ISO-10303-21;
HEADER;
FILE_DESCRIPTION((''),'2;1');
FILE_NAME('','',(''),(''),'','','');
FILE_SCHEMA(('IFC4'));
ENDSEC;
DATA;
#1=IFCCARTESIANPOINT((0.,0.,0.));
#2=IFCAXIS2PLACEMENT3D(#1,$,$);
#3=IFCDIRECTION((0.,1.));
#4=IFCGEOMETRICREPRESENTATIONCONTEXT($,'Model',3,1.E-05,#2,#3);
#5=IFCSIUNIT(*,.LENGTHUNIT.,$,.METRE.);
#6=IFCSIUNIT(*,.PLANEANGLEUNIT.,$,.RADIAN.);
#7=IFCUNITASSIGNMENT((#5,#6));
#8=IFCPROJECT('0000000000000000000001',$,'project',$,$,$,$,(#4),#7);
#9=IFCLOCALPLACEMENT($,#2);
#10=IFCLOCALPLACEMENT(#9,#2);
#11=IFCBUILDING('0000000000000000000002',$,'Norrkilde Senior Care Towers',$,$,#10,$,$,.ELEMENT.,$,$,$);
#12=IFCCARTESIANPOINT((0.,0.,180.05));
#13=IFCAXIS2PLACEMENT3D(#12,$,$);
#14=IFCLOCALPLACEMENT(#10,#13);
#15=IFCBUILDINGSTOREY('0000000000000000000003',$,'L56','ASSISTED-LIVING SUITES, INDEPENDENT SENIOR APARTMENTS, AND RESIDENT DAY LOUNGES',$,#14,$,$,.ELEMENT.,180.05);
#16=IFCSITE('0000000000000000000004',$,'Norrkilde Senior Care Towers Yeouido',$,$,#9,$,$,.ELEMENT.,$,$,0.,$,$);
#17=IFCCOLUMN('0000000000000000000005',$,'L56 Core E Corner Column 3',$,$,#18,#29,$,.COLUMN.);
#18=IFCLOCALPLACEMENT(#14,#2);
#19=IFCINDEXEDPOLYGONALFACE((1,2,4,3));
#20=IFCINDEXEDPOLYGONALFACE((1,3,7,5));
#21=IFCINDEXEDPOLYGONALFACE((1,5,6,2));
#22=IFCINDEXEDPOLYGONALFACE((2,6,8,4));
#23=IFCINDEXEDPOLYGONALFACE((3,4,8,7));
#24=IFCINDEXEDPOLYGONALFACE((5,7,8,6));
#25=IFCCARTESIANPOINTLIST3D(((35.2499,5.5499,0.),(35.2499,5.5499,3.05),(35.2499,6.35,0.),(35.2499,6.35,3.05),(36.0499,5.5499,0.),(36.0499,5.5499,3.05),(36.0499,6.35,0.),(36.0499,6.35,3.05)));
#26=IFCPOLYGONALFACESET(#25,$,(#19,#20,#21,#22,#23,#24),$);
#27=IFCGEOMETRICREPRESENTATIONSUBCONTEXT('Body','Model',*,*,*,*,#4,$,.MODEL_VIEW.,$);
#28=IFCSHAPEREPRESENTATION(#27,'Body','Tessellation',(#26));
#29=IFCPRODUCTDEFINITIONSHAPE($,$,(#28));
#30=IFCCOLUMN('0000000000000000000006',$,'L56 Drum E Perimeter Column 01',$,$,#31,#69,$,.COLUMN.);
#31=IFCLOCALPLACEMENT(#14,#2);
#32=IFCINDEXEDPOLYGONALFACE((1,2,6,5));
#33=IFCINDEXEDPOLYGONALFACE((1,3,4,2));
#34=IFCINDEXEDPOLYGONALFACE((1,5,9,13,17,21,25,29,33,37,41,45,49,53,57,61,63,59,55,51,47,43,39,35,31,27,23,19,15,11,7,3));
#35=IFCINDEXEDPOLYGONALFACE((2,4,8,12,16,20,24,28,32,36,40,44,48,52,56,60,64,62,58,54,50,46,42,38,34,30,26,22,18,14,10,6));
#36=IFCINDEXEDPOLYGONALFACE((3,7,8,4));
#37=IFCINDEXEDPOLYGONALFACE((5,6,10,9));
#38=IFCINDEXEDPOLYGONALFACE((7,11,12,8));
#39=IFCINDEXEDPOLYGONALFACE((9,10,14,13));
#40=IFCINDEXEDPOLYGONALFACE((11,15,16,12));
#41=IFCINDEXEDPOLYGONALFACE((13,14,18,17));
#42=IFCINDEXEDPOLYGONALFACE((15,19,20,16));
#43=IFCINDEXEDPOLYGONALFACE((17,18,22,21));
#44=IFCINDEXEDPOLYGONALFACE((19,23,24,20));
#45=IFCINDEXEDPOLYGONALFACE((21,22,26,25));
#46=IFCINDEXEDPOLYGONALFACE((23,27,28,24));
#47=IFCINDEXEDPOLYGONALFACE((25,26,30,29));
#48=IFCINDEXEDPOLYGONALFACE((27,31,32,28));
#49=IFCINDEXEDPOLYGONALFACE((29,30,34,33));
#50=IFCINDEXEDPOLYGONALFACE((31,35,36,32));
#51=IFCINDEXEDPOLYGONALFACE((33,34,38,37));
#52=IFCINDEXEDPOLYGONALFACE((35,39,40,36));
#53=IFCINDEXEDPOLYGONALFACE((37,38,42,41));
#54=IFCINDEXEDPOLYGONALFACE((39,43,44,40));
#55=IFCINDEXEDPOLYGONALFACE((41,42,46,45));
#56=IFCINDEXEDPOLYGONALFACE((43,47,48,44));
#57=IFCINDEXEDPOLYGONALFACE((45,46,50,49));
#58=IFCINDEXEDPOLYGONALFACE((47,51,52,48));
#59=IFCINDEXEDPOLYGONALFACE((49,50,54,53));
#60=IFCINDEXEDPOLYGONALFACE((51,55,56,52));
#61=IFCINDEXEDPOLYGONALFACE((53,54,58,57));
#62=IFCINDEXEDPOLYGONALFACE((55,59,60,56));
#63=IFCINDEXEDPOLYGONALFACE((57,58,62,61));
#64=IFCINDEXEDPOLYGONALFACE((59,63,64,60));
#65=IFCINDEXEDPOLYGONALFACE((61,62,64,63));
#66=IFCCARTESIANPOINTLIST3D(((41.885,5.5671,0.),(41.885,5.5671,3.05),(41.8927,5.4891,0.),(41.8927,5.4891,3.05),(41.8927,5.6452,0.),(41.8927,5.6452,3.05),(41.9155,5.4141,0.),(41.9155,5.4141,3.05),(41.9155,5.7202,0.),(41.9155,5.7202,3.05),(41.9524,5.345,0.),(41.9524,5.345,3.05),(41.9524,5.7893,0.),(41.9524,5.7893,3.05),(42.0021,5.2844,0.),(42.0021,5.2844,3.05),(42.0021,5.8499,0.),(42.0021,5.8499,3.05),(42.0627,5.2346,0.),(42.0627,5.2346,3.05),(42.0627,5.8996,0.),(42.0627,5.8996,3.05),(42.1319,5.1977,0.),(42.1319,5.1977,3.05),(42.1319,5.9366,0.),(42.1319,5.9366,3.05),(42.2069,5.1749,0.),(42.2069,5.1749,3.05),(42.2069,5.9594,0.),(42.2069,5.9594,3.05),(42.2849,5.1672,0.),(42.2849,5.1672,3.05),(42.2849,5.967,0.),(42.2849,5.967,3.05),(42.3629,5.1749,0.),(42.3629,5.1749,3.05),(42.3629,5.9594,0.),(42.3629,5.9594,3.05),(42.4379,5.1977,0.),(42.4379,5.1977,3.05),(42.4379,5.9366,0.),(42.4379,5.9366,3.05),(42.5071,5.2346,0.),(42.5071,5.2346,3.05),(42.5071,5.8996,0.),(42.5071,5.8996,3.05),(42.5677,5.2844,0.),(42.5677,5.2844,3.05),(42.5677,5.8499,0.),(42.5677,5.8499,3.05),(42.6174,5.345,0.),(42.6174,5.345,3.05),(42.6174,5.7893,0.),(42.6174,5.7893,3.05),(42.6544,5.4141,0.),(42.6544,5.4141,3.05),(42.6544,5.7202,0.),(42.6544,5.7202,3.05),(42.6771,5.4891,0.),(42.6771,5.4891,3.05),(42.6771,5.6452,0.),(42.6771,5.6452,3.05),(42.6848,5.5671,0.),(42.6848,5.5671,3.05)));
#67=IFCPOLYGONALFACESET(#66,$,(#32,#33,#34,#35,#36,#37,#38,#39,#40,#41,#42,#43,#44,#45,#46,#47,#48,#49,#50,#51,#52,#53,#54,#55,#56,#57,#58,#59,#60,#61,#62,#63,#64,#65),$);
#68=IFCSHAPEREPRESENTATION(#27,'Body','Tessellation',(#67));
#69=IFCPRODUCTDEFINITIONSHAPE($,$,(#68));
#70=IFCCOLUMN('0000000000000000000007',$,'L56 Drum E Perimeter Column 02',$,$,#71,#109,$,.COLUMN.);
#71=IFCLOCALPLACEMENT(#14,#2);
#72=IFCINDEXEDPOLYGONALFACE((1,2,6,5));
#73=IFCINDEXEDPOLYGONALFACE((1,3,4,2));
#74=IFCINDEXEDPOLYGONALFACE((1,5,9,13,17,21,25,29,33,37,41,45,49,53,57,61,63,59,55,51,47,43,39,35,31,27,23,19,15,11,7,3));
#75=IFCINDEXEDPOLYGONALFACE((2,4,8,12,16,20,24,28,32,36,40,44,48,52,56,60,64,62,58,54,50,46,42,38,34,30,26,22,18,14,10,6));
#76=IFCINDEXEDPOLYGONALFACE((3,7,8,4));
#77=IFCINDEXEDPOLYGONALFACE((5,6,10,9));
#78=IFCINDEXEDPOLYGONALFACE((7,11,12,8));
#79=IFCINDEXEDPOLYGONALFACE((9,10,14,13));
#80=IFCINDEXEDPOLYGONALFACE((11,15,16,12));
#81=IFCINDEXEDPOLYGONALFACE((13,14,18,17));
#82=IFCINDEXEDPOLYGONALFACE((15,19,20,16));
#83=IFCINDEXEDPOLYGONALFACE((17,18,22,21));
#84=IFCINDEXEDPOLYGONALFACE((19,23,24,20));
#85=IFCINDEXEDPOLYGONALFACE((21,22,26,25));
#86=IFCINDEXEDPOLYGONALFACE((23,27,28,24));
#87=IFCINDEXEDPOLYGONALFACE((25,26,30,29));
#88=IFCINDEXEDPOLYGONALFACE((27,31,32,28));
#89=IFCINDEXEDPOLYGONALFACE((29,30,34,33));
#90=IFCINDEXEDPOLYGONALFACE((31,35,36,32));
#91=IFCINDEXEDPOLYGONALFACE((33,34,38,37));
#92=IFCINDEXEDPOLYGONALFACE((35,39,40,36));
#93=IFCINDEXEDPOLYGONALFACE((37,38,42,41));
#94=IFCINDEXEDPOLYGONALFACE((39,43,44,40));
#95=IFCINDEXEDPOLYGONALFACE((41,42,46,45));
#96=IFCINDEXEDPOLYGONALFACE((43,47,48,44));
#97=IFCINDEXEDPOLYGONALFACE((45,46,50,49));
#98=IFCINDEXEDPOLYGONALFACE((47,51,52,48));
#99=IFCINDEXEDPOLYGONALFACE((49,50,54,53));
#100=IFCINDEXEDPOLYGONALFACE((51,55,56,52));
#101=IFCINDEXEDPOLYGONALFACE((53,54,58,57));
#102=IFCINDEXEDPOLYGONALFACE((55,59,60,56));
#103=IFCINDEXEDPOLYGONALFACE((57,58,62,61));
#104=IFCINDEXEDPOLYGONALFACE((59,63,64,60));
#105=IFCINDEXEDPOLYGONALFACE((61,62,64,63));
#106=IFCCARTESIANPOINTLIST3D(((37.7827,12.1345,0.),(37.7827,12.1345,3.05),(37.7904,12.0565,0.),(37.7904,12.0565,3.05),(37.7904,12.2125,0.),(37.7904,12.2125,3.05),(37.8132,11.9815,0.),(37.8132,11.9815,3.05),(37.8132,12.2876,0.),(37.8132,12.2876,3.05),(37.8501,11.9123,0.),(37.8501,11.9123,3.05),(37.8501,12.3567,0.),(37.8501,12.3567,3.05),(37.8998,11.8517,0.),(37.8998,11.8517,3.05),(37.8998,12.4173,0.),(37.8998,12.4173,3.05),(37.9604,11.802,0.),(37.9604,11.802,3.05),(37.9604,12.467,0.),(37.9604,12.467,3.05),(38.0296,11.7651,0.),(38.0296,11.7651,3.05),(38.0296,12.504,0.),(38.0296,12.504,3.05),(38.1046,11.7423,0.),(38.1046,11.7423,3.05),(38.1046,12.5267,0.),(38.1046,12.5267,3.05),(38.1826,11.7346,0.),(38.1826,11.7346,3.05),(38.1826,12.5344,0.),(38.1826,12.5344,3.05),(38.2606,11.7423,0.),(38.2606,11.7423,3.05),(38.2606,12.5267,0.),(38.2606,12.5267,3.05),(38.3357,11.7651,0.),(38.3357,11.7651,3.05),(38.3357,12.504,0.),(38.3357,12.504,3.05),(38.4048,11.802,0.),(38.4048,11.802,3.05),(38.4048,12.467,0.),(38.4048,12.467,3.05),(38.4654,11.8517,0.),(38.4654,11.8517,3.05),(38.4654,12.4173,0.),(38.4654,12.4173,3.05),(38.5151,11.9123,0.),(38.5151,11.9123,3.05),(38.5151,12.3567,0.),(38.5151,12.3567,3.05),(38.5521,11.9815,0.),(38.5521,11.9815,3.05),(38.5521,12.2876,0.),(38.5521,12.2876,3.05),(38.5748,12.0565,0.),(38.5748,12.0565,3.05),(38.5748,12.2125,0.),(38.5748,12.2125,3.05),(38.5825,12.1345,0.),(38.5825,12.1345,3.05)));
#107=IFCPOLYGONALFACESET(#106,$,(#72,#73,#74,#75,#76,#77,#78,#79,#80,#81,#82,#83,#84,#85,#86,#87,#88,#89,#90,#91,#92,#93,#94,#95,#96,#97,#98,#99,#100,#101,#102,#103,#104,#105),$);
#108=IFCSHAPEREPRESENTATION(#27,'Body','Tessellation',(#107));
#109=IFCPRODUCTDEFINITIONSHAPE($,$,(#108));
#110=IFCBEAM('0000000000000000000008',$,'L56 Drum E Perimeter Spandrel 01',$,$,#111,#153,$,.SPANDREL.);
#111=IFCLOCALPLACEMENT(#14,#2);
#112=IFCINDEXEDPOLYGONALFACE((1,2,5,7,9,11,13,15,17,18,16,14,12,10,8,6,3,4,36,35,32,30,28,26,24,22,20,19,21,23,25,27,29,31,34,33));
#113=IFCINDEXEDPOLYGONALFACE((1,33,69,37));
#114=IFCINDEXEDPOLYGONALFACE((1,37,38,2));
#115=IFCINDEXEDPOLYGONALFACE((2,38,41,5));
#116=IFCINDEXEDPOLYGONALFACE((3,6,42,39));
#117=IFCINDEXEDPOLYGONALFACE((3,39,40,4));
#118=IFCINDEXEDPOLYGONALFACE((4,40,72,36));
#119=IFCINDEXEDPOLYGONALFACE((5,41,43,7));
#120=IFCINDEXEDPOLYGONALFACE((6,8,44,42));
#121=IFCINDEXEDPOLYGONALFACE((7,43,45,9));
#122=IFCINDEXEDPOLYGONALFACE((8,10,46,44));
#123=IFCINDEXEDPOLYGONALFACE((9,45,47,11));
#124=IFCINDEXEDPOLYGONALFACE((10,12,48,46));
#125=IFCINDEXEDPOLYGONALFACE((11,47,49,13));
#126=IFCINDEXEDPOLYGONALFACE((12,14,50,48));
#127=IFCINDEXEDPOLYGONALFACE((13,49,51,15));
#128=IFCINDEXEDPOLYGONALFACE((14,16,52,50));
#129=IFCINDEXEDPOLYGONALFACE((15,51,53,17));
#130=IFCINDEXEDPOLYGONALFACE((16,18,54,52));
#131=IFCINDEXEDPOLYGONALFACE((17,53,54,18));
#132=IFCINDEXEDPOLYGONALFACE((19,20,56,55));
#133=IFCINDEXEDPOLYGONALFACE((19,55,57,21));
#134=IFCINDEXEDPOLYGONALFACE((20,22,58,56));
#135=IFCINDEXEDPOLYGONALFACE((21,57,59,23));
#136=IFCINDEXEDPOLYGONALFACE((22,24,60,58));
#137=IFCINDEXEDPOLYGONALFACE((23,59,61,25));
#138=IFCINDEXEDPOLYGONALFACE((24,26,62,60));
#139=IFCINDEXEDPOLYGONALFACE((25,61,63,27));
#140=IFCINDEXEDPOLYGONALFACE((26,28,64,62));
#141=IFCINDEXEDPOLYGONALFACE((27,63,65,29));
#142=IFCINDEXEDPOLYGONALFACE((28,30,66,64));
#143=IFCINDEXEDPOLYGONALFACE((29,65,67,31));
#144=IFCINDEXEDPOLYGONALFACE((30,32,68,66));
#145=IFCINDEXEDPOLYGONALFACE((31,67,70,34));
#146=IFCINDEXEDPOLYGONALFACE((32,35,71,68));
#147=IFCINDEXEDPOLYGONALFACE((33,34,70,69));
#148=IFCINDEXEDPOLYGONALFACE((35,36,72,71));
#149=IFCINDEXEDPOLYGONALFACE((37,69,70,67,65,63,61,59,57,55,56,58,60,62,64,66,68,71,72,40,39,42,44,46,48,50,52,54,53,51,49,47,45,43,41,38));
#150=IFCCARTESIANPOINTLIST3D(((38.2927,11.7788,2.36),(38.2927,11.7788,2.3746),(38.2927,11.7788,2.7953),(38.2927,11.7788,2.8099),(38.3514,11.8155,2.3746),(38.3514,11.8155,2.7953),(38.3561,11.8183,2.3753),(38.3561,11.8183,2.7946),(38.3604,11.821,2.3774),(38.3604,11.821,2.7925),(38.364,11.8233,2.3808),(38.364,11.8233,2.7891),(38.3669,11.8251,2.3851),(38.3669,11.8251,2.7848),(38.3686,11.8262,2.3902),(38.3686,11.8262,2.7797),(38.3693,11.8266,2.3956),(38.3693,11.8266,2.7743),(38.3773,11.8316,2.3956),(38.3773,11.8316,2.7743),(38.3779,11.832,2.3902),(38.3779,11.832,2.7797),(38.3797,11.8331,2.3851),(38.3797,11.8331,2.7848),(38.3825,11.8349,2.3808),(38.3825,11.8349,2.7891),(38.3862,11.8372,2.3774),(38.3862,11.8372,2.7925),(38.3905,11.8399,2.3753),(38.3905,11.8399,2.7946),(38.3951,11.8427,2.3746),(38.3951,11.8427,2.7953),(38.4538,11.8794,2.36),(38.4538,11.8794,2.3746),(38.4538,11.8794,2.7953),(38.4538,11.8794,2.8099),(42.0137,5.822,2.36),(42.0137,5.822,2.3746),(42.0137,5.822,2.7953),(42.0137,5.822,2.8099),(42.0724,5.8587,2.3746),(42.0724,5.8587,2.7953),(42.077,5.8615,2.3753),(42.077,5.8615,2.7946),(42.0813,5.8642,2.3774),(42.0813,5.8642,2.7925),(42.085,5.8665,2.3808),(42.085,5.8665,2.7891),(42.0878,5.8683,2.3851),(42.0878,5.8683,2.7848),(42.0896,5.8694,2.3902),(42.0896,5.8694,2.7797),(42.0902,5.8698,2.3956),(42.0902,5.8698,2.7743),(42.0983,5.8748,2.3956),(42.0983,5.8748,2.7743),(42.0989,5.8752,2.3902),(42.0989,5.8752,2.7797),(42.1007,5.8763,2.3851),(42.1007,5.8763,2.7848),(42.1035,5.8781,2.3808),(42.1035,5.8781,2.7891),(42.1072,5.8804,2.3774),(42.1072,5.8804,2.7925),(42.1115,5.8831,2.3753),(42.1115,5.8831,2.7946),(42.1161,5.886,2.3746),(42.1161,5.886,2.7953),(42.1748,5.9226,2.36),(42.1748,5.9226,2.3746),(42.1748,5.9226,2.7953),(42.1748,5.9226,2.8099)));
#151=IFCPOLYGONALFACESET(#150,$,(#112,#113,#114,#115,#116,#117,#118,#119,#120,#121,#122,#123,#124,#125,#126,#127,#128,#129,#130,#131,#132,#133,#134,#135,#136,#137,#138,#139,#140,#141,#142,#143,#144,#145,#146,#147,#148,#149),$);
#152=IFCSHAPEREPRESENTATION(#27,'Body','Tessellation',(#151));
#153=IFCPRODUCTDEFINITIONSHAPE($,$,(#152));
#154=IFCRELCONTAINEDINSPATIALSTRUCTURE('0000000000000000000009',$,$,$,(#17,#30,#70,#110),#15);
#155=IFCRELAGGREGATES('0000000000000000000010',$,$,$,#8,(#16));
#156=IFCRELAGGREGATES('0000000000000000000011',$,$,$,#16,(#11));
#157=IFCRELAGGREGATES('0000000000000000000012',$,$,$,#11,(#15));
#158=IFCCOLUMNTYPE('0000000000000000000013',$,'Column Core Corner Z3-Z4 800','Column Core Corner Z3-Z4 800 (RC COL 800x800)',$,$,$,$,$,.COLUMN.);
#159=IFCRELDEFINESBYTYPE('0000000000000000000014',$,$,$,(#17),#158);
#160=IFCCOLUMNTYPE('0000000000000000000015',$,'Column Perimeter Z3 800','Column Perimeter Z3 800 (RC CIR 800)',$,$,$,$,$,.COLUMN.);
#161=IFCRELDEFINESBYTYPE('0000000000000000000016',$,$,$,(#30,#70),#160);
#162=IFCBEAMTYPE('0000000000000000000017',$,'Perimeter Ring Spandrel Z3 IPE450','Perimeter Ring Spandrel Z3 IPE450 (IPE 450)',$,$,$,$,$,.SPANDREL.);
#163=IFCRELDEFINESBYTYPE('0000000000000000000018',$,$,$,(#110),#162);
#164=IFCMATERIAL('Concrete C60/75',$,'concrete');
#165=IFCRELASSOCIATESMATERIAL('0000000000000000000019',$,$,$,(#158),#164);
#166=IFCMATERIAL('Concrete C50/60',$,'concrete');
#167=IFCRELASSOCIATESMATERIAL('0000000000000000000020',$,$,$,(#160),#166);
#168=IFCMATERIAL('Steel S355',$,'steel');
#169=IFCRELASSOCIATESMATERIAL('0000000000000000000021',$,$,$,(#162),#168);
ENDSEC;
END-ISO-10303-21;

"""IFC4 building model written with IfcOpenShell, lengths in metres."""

from ifc_helpers import new_model, si_unit, direction, frame, origin, origin_2d, place, context, subcontext, project, spatial, rectangle, circle, i_section, extrude, source, transform, mapped, material, material_profile, profile_set, type_object, type_shapes, element, save


model = new_model("IFC4")

# Units and contexts
model_context = context("Model", 3, precision=1e-05, world=origin(), true_north=direction((0.0, 1.0)))
body_context = subcontext(model_context, "Body", "Model", "MODEL_VIEW")
ifc_project = project(units=[si_unit("LENGTHUNIT", "METRE"), si_unit("PLANEANGLEUNIT", "RADIAN")], contexts=[model_context])

# Site, building, storey
site_placement = place(None, origin())
site = spatial("IfcSite", under=ifc_project, at=site_placement, Name="Norrkilde Senior Care Towers Yeouido", CompositionType="ELEMENT", RefElevation=0.0)
building_placement = place(site_placement, origin())
building = spatial("IfcBuilding", under=site, at=building_placement, Name="Norrkilde Senior Care Towers", CompositionType="ELEMENT")
storey_placement = place(building_placement, frame((0.0, 0.0, 180.05)))
storey = spatial("IfcBuildingStorey", under=building, at=storey_placement, Name="L56", Description="ASSISTED-LIVING SUITES, INDEPENDENT SENIOR APARTMENTS, AND RESIDENT DAY LOUNGES", CompositionType="ELEMENT", Elevation=180.05)

# Columns
ifc_material_1 = material(Name="Concrete C60/75", Category="concrete")
ifc_material_profile_1 = material_profile(ifc_material_1, rectangle(XDim=0.8, YDim=0.8, at=origin_2d()), Name="RC COL 800x800")
ifc_profile_set_1 = profile_set([ifc_material_profile_1], Name="Concrete C60/75")
column_type_1 = type_object("IfcColumnType", Name="Column Core Corner Z3-Z4 800", Description="Column Core Corner Z3-Z4 800 (RC COL 800x800)", PredefinedType="COLUMN", material=ifc_profile_set_1)
shared_shape_1 = source(origin(), body_context, "Body", "SweptSolid", [
    extrude(rectangle(XDim=0.8, YDim=0.8, at=origin_2d()), origin(), (0.0, 0.0, 1.0), 3.05),
])
type_shapes(column_type_1, [shared_shape_1])
column_placement = place(storey_placement, frame((35.6499, 5.95, 0.0), z_axis=(0.0, 0.0, 1.0), x_axis=(1.0, 0.0, 0.0)))
element("IfcColumn", 1, at=column_placement, inside=storey, type_object=column_type_1, Name="L56 Core E Corner Column 3", PredefinedType="COLUMN", context=body_context, shape_type="MappedRepresentation", body=[
    mapped(shared_shape_1, transform((0.0, 0.0, 0.0), x_axis=(1.0, 0.0, 0.0), y_axis=(0.0, 1.0, 0.0), z_axis=(0.0, 0.0, 1.0), scale=1.0)),
])
ifc_material_2 = material(Name="Concrete C50/60", Category="concrete")
ifc_material_profile_2 = material_profile(ifc_material_2, circle(Radius=0.3999, at=origin_2d()), Name="RC CIR 800")
ifc_profile_set_2 = profile_set([ifc_material_profile_2], Name="Concrete C50/60")
column_type_2 = type_object("IfcColumnType", Name="Column Perimeter Z3 800", Description="Column Perimeter Z3 800 (RC CIR 800)", PredefinedType="COLUMN", material=ifc_profile_set_2)
shared_shape_2 = source(origin(), body_context, "Body", "SweptSolid", [
    extrude(circle(Radius=0.3999, at=origin_2d()), origin(), (0.0, 0.0, 1.0), 3.05),
])
type_shapes(column_type_2, [shared_shape_2])
for number, where, z_axis, x_axis, name in (
    (2, (42.2849, 5.5671, 0.0), (0.0, 0.0, 1.0), (1.0, 0.0, 0.0), "L56 Drum E Perimeter Column 01"),
    (3, (38.1826, 12.1345, 0.0), (0.0, 0.0, 1.0), (1.0, 0.0, 0.0), "L56 Drum E Perimeter Column 02"),
):
    element("IfcColumn", number, at=place(storey_placement, frame(where, z_axis=z_axis, x_axis=x_axis)), inside=storey, type_object=column_type_2, Name=name, PredefinedType="COLUMN", context=body_context, shape_type="MappedRepresentation", body=[
        mapped(shared_shape_2, transform((0.0, 0.0, 0.0), x_axis=(1.0, 0.0, 0.0), y_axis=(0.0, 1.0, 0.0), z_axis=(0.0, 0.0, 1.0), scale=1.0)),
    ])

# Beam
ifc_material_3 = material(Name="Steel S355", Category="steel")
ifc_material_profile_3 = material_profile(ifc_material_3, i_section(OverallWidth=0.1899, OverallDepth=0.45, WebThickness=0.0095, FlangeThickness=0.0146, FilletRadius=0.021, at=origin_2d()), Name="IPE 450")
ifc_profile_set_3 = profile_set([ifc_material_profile_3], Name="Steel S355")
beam_type_1 = type_object("IfcBeamType", Name="Perimeter Ring Spandrel Z3 IPE450", Description="Perimeter Ring Spandrel Z3 IPE450 (IPE 450)", PredefinedType="SPANDREL", material=ifc_profile_set_3)
shared_shape_3 = source(origin(), body_context, "Body", "SweptSolid", [
    extrude(i_section(OverallWidth=0.1899, OverallDepth=0.45, WebThickness=0.0095, FlangeThickness=0.0146, FilletRadius=0.021, at=origin_2d()), origin(), (0.0, 0.0, 1.0), 7.0234),
])
beam_1_placement = place(storey_placement, frame((42.0942, 5.8723, 2.585), z_axis=(-0.52979, 0.848129, 0.0), x_axis=(-0.848129, -0.52979, 0.0)))
element("IfcBeam", 4, at=beam_1_placement, inside=storey, type_object=beam_type_1, Name="L56 Drum E Perimeter Spandrel 01", PredefinedType="SPANDREL", context=body_context, shape_type="MappedRepresentation", body=[
    mapped(shared_shape_3, transform((0.0, 0.0, 0.0), x_axis=(1.0, 0.0, 0.0), y_axis=(0.0, 1.0, 0.0), z_axis=(0.0, 0.0, 1.0), scale=1.0)),
])

save(model, "model.ifc")
